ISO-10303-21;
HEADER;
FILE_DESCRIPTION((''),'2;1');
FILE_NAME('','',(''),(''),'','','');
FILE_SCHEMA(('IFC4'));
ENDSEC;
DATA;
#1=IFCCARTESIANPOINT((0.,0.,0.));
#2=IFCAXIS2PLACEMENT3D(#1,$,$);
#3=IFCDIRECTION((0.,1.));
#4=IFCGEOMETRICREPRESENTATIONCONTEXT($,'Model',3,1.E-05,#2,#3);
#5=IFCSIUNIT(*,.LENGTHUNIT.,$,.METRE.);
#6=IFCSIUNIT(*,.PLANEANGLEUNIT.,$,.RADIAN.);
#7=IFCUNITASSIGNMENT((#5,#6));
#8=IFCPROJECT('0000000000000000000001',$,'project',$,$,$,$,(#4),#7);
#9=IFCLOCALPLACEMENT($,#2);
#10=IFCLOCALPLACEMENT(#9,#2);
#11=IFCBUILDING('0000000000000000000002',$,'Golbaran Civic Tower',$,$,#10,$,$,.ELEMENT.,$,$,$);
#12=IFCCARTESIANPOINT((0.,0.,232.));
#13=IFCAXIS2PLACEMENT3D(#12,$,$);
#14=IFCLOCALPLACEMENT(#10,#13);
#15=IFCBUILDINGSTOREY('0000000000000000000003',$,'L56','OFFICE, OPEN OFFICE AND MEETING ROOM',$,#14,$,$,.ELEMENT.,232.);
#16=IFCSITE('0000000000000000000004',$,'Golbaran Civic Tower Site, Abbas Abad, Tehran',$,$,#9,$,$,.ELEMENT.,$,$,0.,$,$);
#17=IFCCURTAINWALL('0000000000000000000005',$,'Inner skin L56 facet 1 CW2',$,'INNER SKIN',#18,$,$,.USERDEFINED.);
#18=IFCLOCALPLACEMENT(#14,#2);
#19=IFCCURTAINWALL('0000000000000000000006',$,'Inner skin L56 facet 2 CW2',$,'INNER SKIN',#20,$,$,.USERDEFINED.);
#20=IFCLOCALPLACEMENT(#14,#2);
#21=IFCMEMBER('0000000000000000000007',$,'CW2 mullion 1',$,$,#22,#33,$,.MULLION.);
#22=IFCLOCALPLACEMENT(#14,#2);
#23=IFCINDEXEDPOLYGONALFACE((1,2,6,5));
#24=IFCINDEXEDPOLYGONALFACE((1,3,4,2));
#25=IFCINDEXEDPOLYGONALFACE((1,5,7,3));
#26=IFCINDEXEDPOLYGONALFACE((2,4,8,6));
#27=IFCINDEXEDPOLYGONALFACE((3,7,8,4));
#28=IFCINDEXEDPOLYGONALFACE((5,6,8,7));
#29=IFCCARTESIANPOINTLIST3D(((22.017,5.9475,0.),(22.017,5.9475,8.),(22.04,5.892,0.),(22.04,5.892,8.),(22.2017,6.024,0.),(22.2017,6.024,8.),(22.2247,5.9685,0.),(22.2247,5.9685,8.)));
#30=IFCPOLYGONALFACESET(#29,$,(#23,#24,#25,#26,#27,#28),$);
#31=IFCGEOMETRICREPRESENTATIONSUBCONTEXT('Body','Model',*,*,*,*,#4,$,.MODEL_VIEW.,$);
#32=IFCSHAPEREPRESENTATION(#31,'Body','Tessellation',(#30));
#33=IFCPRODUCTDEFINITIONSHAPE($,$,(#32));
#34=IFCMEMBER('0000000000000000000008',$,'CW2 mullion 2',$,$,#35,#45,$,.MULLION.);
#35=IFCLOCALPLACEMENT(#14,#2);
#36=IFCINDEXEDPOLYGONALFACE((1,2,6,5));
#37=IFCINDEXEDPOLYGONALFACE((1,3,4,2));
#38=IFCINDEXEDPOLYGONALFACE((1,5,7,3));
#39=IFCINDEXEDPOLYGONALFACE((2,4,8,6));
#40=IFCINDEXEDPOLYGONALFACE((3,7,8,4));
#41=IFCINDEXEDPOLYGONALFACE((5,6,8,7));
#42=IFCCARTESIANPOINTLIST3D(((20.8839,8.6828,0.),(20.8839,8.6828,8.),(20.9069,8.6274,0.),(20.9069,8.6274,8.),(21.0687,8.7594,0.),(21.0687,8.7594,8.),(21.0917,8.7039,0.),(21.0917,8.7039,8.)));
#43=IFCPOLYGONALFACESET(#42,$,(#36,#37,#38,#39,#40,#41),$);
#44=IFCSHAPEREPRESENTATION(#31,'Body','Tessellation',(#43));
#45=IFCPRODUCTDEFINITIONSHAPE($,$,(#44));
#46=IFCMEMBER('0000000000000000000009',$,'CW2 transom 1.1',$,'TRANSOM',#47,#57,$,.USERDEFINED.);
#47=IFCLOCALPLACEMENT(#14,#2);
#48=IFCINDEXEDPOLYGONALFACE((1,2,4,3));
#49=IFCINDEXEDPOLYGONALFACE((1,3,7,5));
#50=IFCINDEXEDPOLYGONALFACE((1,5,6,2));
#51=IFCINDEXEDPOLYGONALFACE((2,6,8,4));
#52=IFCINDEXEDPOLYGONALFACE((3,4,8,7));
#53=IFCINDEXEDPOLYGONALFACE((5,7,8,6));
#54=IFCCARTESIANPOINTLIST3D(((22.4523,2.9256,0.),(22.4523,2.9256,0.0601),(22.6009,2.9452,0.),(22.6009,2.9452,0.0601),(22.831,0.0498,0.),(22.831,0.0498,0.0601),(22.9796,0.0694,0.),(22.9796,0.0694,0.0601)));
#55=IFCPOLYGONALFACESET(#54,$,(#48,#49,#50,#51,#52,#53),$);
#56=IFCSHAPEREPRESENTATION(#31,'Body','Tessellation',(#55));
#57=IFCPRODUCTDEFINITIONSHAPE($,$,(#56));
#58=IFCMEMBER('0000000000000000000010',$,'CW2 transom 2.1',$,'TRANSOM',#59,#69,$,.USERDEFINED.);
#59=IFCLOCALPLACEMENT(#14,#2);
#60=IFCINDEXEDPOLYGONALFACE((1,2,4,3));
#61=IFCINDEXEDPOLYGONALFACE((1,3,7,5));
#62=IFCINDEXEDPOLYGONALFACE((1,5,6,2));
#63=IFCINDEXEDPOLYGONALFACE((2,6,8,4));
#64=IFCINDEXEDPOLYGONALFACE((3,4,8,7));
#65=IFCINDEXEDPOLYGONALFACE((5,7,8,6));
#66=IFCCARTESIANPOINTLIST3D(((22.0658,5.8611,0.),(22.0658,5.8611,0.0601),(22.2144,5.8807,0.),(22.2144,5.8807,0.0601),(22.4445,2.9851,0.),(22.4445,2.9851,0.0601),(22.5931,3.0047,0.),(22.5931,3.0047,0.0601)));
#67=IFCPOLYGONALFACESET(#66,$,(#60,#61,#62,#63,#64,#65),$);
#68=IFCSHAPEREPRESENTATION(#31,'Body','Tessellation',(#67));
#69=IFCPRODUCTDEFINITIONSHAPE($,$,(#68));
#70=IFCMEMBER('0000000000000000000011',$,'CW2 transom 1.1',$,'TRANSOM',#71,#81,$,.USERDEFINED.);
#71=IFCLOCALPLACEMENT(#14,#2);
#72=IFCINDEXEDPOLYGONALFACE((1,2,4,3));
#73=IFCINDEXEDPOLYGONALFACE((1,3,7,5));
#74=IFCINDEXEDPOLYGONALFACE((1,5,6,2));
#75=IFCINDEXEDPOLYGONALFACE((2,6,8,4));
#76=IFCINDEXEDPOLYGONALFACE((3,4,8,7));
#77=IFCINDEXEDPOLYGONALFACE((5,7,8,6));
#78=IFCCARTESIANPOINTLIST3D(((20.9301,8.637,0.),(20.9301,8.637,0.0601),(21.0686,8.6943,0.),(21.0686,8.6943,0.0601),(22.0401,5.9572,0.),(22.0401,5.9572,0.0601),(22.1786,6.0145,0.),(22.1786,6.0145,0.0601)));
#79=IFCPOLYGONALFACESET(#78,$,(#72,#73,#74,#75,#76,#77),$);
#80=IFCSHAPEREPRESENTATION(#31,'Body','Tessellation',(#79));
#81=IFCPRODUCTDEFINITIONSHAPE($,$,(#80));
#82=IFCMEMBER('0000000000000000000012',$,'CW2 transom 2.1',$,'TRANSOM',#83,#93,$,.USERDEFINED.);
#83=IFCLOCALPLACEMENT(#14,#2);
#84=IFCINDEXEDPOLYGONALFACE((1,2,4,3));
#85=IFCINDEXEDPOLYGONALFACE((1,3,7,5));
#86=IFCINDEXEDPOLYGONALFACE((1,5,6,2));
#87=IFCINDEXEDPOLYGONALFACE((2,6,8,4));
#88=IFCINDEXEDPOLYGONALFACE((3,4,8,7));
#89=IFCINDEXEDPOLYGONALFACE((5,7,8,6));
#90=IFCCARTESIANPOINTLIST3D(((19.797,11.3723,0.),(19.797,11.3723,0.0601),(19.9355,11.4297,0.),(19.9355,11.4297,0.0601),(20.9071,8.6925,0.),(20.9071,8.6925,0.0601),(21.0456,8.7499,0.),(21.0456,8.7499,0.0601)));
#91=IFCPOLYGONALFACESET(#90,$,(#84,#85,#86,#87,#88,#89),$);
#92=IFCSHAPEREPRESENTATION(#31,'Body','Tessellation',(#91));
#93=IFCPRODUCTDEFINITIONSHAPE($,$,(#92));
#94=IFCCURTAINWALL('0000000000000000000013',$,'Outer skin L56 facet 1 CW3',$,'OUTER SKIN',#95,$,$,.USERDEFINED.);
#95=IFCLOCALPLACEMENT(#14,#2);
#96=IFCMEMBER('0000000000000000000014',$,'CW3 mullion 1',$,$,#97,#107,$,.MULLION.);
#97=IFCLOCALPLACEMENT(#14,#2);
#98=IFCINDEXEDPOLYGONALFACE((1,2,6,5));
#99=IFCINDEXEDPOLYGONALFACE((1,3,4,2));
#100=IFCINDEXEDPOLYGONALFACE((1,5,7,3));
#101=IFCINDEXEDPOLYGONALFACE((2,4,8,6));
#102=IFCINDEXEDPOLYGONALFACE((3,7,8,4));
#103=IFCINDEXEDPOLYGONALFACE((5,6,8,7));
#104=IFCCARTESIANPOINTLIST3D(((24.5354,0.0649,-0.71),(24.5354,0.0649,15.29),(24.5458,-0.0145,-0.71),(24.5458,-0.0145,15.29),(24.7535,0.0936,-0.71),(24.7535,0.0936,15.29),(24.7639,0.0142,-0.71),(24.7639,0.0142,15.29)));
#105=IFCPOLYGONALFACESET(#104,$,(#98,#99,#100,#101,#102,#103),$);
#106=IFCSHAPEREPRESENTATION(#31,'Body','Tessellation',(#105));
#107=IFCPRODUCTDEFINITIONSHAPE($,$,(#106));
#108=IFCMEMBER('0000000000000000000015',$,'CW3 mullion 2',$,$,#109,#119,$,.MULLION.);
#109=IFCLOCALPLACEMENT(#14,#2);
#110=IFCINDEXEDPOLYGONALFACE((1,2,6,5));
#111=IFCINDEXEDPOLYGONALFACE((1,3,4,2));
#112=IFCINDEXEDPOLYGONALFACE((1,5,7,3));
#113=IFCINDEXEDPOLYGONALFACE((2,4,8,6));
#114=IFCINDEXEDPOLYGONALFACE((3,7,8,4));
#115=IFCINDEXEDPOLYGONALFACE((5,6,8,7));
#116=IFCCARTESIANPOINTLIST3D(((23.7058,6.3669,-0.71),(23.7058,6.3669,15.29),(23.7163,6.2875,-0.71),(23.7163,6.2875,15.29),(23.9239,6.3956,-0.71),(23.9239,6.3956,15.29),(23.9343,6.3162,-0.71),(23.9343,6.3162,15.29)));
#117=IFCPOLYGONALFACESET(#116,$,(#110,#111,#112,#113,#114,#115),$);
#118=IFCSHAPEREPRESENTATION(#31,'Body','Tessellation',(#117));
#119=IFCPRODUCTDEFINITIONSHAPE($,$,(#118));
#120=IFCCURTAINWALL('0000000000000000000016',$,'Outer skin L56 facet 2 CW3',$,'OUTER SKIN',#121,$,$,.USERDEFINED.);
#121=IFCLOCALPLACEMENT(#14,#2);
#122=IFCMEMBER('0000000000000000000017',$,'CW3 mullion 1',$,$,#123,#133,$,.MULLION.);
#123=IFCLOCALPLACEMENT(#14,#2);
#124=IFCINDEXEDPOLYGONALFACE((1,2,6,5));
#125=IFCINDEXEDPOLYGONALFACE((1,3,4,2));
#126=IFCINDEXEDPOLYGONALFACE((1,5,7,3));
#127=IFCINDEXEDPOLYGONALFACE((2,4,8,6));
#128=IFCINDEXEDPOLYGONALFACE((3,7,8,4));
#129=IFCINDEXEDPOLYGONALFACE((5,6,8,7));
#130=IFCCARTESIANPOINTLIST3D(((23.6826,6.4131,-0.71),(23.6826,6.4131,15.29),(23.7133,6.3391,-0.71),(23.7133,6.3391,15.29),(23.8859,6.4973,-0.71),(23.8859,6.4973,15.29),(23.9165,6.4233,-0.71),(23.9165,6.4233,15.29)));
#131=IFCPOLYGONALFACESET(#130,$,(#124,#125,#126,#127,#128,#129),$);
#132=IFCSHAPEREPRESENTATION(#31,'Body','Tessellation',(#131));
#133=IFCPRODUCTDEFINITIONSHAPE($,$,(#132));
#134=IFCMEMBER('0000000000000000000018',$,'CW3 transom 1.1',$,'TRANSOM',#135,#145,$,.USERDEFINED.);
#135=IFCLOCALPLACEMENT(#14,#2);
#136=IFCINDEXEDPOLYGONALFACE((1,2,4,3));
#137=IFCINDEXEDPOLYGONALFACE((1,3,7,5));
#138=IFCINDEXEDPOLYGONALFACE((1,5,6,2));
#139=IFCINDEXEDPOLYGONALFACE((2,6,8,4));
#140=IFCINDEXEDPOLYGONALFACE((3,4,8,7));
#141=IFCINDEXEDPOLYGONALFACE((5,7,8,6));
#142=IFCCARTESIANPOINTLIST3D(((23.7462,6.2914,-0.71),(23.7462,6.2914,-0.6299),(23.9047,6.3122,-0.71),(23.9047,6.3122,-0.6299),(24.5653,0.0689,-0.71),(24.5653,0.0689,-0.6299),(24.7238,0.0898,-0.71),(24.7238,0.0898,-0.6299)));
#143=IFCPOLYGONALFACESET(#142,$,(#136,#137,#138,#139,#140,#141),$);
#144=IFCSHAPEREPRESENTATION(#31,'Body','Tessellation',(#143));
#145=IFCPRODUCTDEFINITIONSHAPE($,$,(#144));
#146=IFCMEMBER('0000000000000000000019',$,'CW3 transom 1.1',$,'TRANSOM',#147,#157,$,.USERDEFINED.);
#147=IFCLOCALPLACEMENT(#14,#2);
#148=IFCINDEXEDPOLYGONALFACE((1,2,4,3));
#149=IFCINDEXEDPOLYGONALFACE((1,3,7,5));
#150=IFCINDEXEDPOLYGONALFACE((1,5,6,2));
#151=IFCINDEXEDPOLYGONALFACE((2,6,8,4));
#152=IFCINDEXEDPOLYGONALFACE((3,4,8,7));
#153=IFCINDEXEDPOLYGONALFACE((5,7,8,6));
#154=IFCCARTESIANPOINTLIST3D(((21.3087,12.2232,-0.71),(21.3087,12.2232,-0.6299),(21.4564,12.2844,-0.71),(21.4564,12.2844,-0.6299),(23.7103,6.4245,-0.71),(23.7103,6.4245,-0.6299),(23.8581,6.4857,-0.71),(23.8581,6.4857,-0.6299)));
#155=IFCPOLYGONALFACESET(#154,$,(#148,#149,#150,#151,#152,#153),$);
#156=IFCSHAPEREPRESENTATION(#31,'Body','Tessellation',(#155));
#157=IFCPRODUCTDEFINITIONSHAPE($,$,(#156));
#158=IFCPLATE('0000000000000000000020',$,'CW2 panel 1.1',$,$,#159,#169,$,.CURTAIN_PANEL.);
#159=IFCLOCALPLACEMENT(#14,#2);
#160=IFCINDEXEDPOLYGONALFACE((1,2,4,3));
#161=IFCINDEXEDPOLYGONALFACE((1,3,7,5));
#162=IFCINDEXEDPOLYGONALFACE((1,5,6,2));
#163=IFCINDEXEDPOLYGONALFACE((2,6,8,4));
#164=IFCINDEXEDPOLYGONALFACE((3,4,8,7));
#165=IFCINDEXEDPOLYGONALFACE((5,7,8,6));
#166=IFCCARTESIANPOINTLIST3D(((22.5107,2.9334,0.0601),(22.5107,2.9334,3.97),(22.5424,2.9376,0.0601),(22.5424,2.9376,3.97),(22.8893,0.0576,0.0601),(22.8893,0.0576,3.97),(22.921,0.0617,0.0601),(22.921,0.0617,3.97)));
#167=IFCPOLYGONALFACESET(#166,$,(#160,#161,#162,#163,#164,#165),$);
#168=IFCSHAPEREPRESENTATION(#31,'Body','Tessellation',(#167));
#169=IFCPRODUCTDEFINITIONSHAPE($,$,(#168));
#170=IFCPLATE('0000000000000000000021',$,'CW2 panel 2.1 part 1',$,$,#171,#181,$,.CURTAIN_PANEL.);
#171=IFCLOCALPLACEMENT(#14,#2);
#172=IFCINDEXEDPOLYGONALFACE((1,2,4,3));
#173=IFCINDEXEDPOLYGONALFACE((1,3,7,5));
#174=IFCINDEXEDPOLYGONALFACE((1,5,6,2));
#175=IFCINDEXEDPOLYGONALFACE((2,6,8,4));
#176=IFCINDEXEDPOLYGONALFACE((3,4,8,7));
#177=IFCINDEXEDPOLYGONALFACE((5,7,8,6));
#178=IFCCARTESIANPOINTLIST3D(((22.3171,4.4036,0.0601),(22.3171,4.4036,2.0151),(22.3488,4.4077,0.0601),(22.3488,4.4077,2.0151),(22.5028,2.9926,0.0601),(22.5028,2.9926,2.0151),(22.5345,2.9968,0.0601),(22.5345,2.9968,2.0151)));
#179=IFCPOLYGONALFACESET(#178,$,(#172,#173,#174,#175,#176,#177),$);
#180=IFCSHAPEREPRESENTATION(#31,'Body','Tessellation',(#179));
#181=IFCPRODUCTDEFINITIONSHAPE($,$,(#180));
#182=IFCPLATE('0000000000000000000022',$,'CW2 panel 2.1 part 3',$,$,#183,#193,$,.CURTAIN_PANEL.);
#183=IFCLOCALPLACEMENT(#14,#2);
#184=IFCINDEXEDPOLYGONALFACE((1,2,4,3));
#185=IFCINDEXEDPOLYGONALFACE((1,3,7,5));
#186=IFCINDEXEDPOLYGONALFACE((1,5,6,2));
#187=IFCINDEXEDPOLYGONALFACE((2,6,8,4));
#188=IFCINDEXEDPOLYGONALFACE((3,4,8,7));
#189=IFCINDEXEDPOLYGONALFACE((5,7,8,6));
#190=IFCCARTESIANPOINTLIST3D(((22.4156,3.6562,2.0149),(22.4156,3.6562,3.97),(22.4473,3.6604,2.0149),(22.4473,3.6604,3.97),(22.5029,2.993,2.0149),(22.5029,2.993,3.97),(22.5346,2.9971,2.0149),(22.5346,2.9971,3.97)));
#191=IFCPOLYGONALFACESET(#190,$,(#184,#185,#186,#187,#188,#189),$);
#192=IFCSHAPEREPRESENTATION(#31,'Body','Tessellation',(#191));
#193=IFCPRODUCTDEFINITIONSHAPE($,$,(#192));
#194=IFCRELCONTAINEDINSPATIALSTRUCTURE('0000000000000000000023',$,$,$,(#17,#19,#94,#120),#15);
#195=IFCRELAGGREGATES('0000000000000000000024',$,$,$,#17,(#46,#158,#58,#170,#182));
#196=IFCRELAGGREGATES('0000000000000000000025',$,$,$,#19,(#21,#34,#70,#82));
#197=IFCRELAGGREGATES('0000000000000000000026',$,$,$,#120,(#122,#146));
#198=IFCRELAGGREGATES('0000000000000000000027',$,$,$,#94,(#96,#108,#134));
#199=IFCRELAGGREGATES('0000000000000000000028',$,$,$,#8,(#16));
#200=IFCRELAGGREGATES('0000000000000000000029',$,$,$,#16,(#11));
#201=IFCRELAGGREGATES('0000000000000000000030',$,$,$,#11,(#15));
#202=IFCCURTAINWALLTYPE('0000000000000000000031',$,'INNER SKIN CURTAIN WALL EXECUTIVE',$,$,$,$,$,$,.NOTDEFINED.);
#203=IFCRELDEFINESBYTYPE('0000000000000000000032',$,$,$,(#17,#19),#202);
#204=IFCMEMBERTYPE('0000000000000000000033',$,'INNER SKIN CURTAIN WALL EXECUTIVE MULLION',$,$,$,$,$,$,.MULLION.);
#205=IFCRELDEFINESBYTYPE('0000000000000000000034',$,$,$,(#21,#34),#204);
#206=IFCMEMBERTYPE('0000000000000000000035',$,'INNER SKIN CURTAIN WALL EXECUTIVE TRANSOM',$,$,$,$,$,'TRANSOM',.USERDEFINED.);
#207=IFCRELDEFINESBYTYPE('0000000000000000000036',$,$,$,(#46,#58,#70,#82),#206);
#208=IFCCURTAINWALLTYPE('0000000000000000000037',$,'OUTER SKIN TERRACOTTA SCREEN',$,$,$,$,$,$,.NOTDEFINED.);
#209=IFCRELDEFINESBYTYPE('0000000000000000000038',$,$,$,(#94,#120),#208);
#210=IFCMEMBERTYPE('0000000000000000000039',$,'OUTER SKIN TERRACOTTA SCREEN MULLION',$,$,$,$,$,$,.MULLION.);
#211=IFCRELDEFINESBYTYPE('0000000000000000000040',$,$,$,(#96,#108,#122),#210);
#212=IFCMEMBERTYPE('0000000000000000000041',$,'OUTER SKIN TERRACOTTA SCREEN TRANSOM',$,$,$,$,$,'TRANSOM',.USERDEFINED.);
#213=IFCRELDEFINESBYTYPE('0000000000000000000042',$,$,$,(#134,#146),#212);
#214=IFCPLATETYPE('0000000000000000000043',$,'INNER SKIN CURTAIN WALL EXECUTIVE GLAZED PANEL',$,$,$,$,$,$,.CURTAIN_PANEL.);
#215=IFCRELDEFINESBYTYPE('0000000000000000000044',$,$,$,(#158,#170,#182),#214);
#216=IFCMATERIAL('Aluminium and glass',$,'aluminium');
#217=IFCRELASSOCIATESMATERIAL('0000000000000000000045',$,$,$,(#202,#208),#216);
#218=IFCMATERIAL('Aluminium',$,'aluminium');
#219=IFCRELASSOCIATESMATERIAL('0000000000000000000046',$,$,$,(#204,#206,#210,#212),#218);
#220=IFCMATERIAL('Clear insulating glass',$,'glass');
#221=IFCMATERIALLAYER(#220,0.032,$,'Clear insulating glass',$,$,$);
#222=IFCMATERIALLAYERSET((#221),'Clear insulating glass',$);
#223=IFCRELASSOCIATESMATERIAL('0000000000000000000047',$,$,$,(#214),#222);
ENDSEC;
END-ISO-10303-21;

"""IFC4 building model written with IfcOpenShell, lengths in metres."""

from ifc_helpers import new_model, si_unit, direction, frame, origin, origin_2d, place, context, subcontext, project, spatial, rectangle, extrude, material, layer, layer_set, material_profile, profile_set, type_object, element, aggregate, save


model = new_model("IFC4")

# Units and contexts
model_context = context("Model", 3, precision=1e-05, world=origin(), true_north=direction((0.0, 1.0)))
body_context = subcontext(model_context, "Body", "Model", "MODEL_VIEW")
ifc_project = project(units=[si_unit("LENGTHUNIT", "METRE"), si_unit("PLANEANGLEUNIT", "RADIAN")], contexts=[model_context])

# Site, building, storey
site_placement = place(None, origin())
site = spatial("IfcSite", under=ifc_project, at=site_placement, Name="Golbaran Civic Tower Site, Abbas Abad, Tehran", CompositionType="ELEMENT", RefElevation=0.0)
building_placement = place(site_placement, origin())
building = spatial("IfcBuilding", under=site, at=building_placement, Name="Golbaran Civic Tower", CompositionType="ELEMENT")
storey_placement = place(building_placement, frame((0.0, 0.0, 232.0)))
storey = spatial("IfcBuildingStorey", under=building, at=storey_placement, Name="L56", Description="OFFICE, OPEN OFFICE AND MEETING ROOM", CompositionType="ELEMENT", Elevation=232.0)

# Curtain walls, members
ifc_material_1 = material(Name="Aluminium and glass", Category="aluminium")
curtain_wall_type_1 = type_object("IfcCurtainWallType", Name="INNER SKIN CURTAIN WALL EXECUTIVE", PredefinedType="NOTDEFINED", material=ifc_material_1)
curtain_wall_1_placement = place(storey_placement, origin())
curtain_wall_1 = element("IfcCurtainWall", 1, at=curtain_wall_1_placement, inside=storey, type_object=curtain_wall_type_1, Name="Inner skin L56 facet 1 CW2", ObjectType="INNER SKIN", PredefinedType="USERDEFINED")
ifc_material_2 = material(Name="Aluminium", Category="aluminium")
ifc_material_profile_1 = material_profile(ifc_material_2, rectangle(XDim=0.2, YDim=0.0601, at=origin_2d()), Name="INNER SKIN CURTAIN WALL EXECUTIVE MULLION")
ifc_profile_set_1 = profile_set([ifc_material_profile_1], Name="Aluminium")
member_type_1 = type_object("IfcMemberType", Name="INNER SKIN CURTAIN WALL EXECUTIVE MULLION", PredefinedType="MULLION", material=ifc_profile_set_1)
curtain_wall_2_placement = place(storey_placement, origin())
curtain_wall_2 = element("IfcCurtainWall", 2, at=curtain_wall_2_placement, inside=storey, type_object=curtain_wall_type_1, Name="Inner skin L56 facet 2 CW2", ObjectType="INNER SKIN", PredefinedType="USERDEFINED")
member_1_placement = place(storey_placement, frame((22.1208, 5.958, 0.0), z_axis=(0.0, 0.0, 1.0), x_axis=(-0.92388, -0.382683, 0.0)))
member_1 = element("IfcMember", 3, at=member_1_placement, type_object=member_type_1, Name="CW2 mullion 1", PredefinedType="MULLION", context=body_context, shape_type="SweptSolid", body=[
    extrude(rectangle(XDim=0.2, YDim=0.0601, at=origin_2d()), origin(), (0.0, 0.0, 1.0), 8.0),
])
member_2_placement = place(storey_placement, frame((20.9878, 8.6934, 0.0), z_axis=(0.0, 0.0, 1.0), x_axis=(-0.92388, -0.382683, 0.0)))
member_2 = element("IfcMember", 4, at=member_2_placement, type_object=member_type_1, Name="CW2 mullion 2", PredefinedType="MULLION", context=body_context, shape_type="SweptSolid", body=[
    extrude(rectangle(XDim=0.2, YDim=0.0601, at=origin_2d()), origin(), (0.0, 0.0, 1.0), 8.0),
])

# Members
ifc_material_profile_2 = material_profile(ifc_material_2, rectangle(XDim=0.1499, YDim=0.0601, at=origin_2d()), Name="INNER SKIN CURTAIN WALL EXECUTIVE TRANSOM")
ifc_profile_set_2 = profile_set([ifc_material_profile_2], Name="Aluminium")
member_type_2 = type_object("IfcMemberType", Name="INNER SKIN CURTAIN WALL EXECUTIVE TRANSOM", ElementType="TRANSOM", PredefinedType="USERDEFINED", material=ifc_profile_set_2)
member_3_placement = place(storey_placement, frame((22.9053, 0.0596, 0.03), z_axis=(-0.130548, 0.991442, 0.0), x_axis=(-0.991442, -0.130548, 0.0)))
member_3 = element("IfcMember", 5, at=member_3_placement, type_object=member_type_2, Name="CW2 transom 1.1", ObjectType="TRANSOM", PredefinedType="USERDEFINED", context=body_context, shape_type="SweptSolid", body=[
    extrude(rectangle(XDim=0.1499, YDim=0.0601, at=origin_2d()), origin(), (0.0, 0.0, 1.0), 2.9006),
])
member_4_placement = place(storey_placement, frame((22.5188, 2.9949, 0.03), z_axis=(-0.130537, 0.991443, 0.0), x_axis=(-0.991443, -0.130537, 0.0)))
member_4 = element("IfcMember", 6, at=member_4_placement, type_object=member_type_2, Name="CW2 transom 2.1", ObjectType="TRANSOM", PredefinedType="USERDEFINED", context=body_context, shape_type="SweptSolid", body=[
    extrude(rectangle(XDim=0.1499, YDim=0.0601, at=origin_2d()), origin(), (0.0, 0.0, 1.0), 2.9009),
])
member_5_placement = place(storey_placement, frame((22.1094, 5.9858, 0.03), z_axis=(-0.382696, 0.923874, 0.0), x_axis=(-0.923874, -0.382696, 0.0)))
member_5 = element("IfcMember", 7, at=member_5_placement, type_object=member_type_2, Name="CW2 transom 1.1", ObjectType="TRANSOM", PredefinedType="USERDEFINED", context=body_context, shape_type="SweptSolid", body=[
    extrude(rectangle(XDim=0.1499, YDim=0.0601, at=origin_2d()), origin(), (0.0, 0.0, 1.0), 2.9006),
])
member_6_placement = place(storey_placement, frame((20.9763, 8.7212, 0.03), z_axis=(-0.382696, 0.923874, 0.0), x_axis=(-0.923874, -0.382696, 0.0)))
member_6 = element("IfcMember", 8, at=member_6_placement, type_object=member_type_2, Name="CW2 transom 2.1", ObjectType="TRANSOM", PredefinedType="USERDEFINED", context=body_context, shape_type="SweptSolid", body=[
    extrude(rectangle(XDim=0.1499, YDim=0.0601, at=origin_2d()), origin(), (0.0, 0.0, 1.0), 2.9006),
])

# Curtain wall, members
curtain_wall_type_2 = type_object("IfcCurtainWallType", Name="OUTER SKIN TERRACOTTA SCREEN", PredefinedType="NOTDEFINED", material=ifc_material_1)
curtain_wall_3_placement = place(storey_placement, origin())
curtain_wall_3 = element("IfcCurtainWall", 9, at=curtain_wall_3_placement, inside=storey, type_object=curtain_wall_type_2, Name="Outer skin L56 facet 1 CW3", ObjectType="OUTER SKIN", PredefinedType="USERDEFINED")
ifc_material_profile_3 = material_profile(ifc_material_2, rectangle(XDim=0.22, YDim=0.0801, at=origin_2d()), Name="OUTER SKIN TERRACOTTA SCREEN MULLION")
ifc_profile_set_3 = profile_set([ifc_material_profile_3], Name="Aluminium")
member_type_3 = type_object("IfcMemberType", Name="OUTER SKIN TERRACOTTA SCREEN MULLION", PredefinedType="MULLION", material=ifc_profile_set_3)
member_7_placement = place(storey_placement, frame((24.6497, 0.0396, -0.71), z_axis=(0.0, 0.0, 1.0), x_axis=(-0.991445, -0.130526, 0.0)))
member_7 = element("IfcMember", 10, at=member_7_placement, type_object=member_type_3, Name="CW3 mullion 1", PredefinedType="MULLION", context=body_context, shape_type="SweptSolid", body=[
    extrude(rectangle(XDim=0.22, YDim=0.0801, at=origin_2d()), origin(), (0.0, 0.0, 1.0), 16.0),
])
member_8_placement = place(storey_placement, frame((23.8201, 6.3416, -0.71), z_axis=(0.0, 0.0, 1.0), x_axis=(-0.991445, -0.130526, 0.0)))
member_8 = element("IfcMember", 11, at=member_8_placement, type_object=member_type_3, Name="CW3 mullion 2", PredefinedType="MULLION", context=body_context, shape_type="SweptSolid", body=[
    extrude(rectangle(XDim=0.22, YDim=0.0801, at=origin_2d()), origin(), (0.0, 0.0, 1.0), 16.0),
])

# Curtain wall, member
curtain_wall_4_placement = place(storey_placement, origin())
curtain_wall_4 = element("IfcCurtainWall", 12, at=curtain_wall_4_placement, inside=storey, type_object=curtain_wall_type_2, Name="Outer skin L56 facet 2 CW3", ObjectType="OUTER SKIN", PredefinedType="USERDEFINED")
member_9_placement = place(storey_placement, frame((23.7996, 6.4182, -0.71), z_axis=(0.0, 0.0, 1.0), x_axis=(-0.92388, -0.382683, 0.0)))
member_9 = element("IfcMember", 13, at=member_9_placement, type_object=member_type_3, Name="CW3 mullion 1", PredefinedType="MULLION", context=body_context, shape_type="SweptSolid", body=[
    extrude(rectangle(XDim=0.22, YDim=0.0801, at=origin_2d()), origin(), (0.0, 0.0, 1.0), 16.0),
])

# Members
ifc_material_profile_4 = material_profile(ifc_material_2, rectangle(XDim=0.1599, YDim=0.0801, at=origin_2d()), Name="OUTER SKIN TERRACOTTA SCREEN TRANSOM")
ifc_profile_set_4 = profile_set([ifc_material_profile_4], Name="Aluminium")
member_type_4 = type_object("IfcMemberType", Name="OUTER SKIN TERRACOTTA SCREEN TRANSOM", ElementType="TRANSOM", PredefinedType="USERDEFINED", material=ifc_profile_set_4)
member_10_placement = place(storey_placement, frame((24.6445, 0.0793, -0.6699), z_axis=(-0.13051, 0.991447, 0.0), x_axis=(-0.991447, -0.13051, 0.0)))
member_10 = element("IfcMember", 14, at=member_10_placement, type_object=member_type_4, Name="CW3 transom 1.1", ObjectType="TRANSOM", PredefinedType="USERDEFINED", context=body_context, shape_type="SweptSolid", body=[
    extrude(rectangle(XDim=0.1599, YDim=0.0801, at=origin_2d()), origin(), (0.0, 0.0, 1.0), 6.2761),
])
member_11_placement = place(storey_placement, frame((23.7842, 6.4551, -0.6699), z_axis=(-0.382651, 0.923893, 0.0), x_axis=(-0.923893, -0.382651, 0.0)))
member_11 = element("IfcMember", 15, at=member_11_placement, type_object=member_type_4, Name="CW3 transom 1.1", ObjectType="TRANSOM", PredefinedType="USERDEFINED", context=body_context, shape_type="SweptSolid", body=[
    extrude(rectangle(XDim=0.1599, YDim=0.0801, at=origin_2d()), origin(), (0.0, 0.0, 1.0), 6.2764),
])

# Plates
ifc_material_3 = material(Name="Clear insulating glass", Category="glass")
ifc_layer_1 = layer(ifc_material_3, 0.032, Name="Clear insulating glass")
ifc_layer_set_1 = layer_set([ifc_layer_1], Name="Clear insulating glass")
plate_type_1 = type_object("IfcPlateType", Name="INNER SKIN CURTAIN WALL EXECUTIVE GLAZED PANEL", PredefinedType="CURTAIN_PANEL", material=ifc_layer_set_1)
plate_1_placement = place(storey_placement, frame((22.7158, 1.4976, 0.0601), z_axis=(0.0, 0.0, 1.0), x_axis=(-0.130526, 0.991445, 0.0)))
plate_1 = element("IfcPlate", 16, at=plate_1_placement, type_object=plate_type_1, Name="CW2 panel 1.1", PredefinedType="CURTAIN_PANEL", context=body_context, shape_type="SweptSolid", body=[
    extrude(rectangle(XDim=2.9006, YDim=0.032, at=origin_2d()), origin(), (0.0, 0.0, 1.0), 3.9099),
])
plate_2_placement = place(storey_placement, frame((22.4258, 3.7002, 0.0601), z_axis=(0.0, 0.0, 1.0), x_axis=(-0.130526, 0.991445, 0.0)))
plate_2 = element("IfcPlate", 17, at=plate_2_placement, type_object=plate_type_1, Name="CW2 panel 2.1 part 1", PredefinedType="CURTAIN_PANEL", context=body_context, shape_type="SweptSolid", body=[
    extrude(rectangle(XDim=1.4231, YDim=0.032, at=origin_2d()), origin(), (0.0, 0.0, 1.0), 1.9551),
])
plate_3_placement = place(storey_placement, frame((22.4751, 3.3267, 2.0149), z_axis=(0.0, 0.0, 1.0), x_axis=(-0.130526, 0.991445, 0.0)))
plate_3 = element("IfcPlate", 18, at=plate_3_placement, type_object=plate_type_1, Name="CW2 panel 2.1 part 3", PredefinedType="CURTAIN_PANEL", context=body_context, shape_type="SweptSolid", body=[
    extrude(rectangle(XDim=0.6689, YDim=0.032, at=origin_2d()), origin(), (0.0, 0.0, 1.0), 1.9551),
])
aggregate(curtain_wall_1, [member_3, plate_1, member_4, plate_2, plate_3])
aggregate(curtain_wall_2, [member_1, member_2, member_5, member_6])
aggregate(curtain_wall_4, [member_9, member_11])
aggregate(curtain_wall_3, [member_7, member_8, member_10])

save(model, "model.ifc")
